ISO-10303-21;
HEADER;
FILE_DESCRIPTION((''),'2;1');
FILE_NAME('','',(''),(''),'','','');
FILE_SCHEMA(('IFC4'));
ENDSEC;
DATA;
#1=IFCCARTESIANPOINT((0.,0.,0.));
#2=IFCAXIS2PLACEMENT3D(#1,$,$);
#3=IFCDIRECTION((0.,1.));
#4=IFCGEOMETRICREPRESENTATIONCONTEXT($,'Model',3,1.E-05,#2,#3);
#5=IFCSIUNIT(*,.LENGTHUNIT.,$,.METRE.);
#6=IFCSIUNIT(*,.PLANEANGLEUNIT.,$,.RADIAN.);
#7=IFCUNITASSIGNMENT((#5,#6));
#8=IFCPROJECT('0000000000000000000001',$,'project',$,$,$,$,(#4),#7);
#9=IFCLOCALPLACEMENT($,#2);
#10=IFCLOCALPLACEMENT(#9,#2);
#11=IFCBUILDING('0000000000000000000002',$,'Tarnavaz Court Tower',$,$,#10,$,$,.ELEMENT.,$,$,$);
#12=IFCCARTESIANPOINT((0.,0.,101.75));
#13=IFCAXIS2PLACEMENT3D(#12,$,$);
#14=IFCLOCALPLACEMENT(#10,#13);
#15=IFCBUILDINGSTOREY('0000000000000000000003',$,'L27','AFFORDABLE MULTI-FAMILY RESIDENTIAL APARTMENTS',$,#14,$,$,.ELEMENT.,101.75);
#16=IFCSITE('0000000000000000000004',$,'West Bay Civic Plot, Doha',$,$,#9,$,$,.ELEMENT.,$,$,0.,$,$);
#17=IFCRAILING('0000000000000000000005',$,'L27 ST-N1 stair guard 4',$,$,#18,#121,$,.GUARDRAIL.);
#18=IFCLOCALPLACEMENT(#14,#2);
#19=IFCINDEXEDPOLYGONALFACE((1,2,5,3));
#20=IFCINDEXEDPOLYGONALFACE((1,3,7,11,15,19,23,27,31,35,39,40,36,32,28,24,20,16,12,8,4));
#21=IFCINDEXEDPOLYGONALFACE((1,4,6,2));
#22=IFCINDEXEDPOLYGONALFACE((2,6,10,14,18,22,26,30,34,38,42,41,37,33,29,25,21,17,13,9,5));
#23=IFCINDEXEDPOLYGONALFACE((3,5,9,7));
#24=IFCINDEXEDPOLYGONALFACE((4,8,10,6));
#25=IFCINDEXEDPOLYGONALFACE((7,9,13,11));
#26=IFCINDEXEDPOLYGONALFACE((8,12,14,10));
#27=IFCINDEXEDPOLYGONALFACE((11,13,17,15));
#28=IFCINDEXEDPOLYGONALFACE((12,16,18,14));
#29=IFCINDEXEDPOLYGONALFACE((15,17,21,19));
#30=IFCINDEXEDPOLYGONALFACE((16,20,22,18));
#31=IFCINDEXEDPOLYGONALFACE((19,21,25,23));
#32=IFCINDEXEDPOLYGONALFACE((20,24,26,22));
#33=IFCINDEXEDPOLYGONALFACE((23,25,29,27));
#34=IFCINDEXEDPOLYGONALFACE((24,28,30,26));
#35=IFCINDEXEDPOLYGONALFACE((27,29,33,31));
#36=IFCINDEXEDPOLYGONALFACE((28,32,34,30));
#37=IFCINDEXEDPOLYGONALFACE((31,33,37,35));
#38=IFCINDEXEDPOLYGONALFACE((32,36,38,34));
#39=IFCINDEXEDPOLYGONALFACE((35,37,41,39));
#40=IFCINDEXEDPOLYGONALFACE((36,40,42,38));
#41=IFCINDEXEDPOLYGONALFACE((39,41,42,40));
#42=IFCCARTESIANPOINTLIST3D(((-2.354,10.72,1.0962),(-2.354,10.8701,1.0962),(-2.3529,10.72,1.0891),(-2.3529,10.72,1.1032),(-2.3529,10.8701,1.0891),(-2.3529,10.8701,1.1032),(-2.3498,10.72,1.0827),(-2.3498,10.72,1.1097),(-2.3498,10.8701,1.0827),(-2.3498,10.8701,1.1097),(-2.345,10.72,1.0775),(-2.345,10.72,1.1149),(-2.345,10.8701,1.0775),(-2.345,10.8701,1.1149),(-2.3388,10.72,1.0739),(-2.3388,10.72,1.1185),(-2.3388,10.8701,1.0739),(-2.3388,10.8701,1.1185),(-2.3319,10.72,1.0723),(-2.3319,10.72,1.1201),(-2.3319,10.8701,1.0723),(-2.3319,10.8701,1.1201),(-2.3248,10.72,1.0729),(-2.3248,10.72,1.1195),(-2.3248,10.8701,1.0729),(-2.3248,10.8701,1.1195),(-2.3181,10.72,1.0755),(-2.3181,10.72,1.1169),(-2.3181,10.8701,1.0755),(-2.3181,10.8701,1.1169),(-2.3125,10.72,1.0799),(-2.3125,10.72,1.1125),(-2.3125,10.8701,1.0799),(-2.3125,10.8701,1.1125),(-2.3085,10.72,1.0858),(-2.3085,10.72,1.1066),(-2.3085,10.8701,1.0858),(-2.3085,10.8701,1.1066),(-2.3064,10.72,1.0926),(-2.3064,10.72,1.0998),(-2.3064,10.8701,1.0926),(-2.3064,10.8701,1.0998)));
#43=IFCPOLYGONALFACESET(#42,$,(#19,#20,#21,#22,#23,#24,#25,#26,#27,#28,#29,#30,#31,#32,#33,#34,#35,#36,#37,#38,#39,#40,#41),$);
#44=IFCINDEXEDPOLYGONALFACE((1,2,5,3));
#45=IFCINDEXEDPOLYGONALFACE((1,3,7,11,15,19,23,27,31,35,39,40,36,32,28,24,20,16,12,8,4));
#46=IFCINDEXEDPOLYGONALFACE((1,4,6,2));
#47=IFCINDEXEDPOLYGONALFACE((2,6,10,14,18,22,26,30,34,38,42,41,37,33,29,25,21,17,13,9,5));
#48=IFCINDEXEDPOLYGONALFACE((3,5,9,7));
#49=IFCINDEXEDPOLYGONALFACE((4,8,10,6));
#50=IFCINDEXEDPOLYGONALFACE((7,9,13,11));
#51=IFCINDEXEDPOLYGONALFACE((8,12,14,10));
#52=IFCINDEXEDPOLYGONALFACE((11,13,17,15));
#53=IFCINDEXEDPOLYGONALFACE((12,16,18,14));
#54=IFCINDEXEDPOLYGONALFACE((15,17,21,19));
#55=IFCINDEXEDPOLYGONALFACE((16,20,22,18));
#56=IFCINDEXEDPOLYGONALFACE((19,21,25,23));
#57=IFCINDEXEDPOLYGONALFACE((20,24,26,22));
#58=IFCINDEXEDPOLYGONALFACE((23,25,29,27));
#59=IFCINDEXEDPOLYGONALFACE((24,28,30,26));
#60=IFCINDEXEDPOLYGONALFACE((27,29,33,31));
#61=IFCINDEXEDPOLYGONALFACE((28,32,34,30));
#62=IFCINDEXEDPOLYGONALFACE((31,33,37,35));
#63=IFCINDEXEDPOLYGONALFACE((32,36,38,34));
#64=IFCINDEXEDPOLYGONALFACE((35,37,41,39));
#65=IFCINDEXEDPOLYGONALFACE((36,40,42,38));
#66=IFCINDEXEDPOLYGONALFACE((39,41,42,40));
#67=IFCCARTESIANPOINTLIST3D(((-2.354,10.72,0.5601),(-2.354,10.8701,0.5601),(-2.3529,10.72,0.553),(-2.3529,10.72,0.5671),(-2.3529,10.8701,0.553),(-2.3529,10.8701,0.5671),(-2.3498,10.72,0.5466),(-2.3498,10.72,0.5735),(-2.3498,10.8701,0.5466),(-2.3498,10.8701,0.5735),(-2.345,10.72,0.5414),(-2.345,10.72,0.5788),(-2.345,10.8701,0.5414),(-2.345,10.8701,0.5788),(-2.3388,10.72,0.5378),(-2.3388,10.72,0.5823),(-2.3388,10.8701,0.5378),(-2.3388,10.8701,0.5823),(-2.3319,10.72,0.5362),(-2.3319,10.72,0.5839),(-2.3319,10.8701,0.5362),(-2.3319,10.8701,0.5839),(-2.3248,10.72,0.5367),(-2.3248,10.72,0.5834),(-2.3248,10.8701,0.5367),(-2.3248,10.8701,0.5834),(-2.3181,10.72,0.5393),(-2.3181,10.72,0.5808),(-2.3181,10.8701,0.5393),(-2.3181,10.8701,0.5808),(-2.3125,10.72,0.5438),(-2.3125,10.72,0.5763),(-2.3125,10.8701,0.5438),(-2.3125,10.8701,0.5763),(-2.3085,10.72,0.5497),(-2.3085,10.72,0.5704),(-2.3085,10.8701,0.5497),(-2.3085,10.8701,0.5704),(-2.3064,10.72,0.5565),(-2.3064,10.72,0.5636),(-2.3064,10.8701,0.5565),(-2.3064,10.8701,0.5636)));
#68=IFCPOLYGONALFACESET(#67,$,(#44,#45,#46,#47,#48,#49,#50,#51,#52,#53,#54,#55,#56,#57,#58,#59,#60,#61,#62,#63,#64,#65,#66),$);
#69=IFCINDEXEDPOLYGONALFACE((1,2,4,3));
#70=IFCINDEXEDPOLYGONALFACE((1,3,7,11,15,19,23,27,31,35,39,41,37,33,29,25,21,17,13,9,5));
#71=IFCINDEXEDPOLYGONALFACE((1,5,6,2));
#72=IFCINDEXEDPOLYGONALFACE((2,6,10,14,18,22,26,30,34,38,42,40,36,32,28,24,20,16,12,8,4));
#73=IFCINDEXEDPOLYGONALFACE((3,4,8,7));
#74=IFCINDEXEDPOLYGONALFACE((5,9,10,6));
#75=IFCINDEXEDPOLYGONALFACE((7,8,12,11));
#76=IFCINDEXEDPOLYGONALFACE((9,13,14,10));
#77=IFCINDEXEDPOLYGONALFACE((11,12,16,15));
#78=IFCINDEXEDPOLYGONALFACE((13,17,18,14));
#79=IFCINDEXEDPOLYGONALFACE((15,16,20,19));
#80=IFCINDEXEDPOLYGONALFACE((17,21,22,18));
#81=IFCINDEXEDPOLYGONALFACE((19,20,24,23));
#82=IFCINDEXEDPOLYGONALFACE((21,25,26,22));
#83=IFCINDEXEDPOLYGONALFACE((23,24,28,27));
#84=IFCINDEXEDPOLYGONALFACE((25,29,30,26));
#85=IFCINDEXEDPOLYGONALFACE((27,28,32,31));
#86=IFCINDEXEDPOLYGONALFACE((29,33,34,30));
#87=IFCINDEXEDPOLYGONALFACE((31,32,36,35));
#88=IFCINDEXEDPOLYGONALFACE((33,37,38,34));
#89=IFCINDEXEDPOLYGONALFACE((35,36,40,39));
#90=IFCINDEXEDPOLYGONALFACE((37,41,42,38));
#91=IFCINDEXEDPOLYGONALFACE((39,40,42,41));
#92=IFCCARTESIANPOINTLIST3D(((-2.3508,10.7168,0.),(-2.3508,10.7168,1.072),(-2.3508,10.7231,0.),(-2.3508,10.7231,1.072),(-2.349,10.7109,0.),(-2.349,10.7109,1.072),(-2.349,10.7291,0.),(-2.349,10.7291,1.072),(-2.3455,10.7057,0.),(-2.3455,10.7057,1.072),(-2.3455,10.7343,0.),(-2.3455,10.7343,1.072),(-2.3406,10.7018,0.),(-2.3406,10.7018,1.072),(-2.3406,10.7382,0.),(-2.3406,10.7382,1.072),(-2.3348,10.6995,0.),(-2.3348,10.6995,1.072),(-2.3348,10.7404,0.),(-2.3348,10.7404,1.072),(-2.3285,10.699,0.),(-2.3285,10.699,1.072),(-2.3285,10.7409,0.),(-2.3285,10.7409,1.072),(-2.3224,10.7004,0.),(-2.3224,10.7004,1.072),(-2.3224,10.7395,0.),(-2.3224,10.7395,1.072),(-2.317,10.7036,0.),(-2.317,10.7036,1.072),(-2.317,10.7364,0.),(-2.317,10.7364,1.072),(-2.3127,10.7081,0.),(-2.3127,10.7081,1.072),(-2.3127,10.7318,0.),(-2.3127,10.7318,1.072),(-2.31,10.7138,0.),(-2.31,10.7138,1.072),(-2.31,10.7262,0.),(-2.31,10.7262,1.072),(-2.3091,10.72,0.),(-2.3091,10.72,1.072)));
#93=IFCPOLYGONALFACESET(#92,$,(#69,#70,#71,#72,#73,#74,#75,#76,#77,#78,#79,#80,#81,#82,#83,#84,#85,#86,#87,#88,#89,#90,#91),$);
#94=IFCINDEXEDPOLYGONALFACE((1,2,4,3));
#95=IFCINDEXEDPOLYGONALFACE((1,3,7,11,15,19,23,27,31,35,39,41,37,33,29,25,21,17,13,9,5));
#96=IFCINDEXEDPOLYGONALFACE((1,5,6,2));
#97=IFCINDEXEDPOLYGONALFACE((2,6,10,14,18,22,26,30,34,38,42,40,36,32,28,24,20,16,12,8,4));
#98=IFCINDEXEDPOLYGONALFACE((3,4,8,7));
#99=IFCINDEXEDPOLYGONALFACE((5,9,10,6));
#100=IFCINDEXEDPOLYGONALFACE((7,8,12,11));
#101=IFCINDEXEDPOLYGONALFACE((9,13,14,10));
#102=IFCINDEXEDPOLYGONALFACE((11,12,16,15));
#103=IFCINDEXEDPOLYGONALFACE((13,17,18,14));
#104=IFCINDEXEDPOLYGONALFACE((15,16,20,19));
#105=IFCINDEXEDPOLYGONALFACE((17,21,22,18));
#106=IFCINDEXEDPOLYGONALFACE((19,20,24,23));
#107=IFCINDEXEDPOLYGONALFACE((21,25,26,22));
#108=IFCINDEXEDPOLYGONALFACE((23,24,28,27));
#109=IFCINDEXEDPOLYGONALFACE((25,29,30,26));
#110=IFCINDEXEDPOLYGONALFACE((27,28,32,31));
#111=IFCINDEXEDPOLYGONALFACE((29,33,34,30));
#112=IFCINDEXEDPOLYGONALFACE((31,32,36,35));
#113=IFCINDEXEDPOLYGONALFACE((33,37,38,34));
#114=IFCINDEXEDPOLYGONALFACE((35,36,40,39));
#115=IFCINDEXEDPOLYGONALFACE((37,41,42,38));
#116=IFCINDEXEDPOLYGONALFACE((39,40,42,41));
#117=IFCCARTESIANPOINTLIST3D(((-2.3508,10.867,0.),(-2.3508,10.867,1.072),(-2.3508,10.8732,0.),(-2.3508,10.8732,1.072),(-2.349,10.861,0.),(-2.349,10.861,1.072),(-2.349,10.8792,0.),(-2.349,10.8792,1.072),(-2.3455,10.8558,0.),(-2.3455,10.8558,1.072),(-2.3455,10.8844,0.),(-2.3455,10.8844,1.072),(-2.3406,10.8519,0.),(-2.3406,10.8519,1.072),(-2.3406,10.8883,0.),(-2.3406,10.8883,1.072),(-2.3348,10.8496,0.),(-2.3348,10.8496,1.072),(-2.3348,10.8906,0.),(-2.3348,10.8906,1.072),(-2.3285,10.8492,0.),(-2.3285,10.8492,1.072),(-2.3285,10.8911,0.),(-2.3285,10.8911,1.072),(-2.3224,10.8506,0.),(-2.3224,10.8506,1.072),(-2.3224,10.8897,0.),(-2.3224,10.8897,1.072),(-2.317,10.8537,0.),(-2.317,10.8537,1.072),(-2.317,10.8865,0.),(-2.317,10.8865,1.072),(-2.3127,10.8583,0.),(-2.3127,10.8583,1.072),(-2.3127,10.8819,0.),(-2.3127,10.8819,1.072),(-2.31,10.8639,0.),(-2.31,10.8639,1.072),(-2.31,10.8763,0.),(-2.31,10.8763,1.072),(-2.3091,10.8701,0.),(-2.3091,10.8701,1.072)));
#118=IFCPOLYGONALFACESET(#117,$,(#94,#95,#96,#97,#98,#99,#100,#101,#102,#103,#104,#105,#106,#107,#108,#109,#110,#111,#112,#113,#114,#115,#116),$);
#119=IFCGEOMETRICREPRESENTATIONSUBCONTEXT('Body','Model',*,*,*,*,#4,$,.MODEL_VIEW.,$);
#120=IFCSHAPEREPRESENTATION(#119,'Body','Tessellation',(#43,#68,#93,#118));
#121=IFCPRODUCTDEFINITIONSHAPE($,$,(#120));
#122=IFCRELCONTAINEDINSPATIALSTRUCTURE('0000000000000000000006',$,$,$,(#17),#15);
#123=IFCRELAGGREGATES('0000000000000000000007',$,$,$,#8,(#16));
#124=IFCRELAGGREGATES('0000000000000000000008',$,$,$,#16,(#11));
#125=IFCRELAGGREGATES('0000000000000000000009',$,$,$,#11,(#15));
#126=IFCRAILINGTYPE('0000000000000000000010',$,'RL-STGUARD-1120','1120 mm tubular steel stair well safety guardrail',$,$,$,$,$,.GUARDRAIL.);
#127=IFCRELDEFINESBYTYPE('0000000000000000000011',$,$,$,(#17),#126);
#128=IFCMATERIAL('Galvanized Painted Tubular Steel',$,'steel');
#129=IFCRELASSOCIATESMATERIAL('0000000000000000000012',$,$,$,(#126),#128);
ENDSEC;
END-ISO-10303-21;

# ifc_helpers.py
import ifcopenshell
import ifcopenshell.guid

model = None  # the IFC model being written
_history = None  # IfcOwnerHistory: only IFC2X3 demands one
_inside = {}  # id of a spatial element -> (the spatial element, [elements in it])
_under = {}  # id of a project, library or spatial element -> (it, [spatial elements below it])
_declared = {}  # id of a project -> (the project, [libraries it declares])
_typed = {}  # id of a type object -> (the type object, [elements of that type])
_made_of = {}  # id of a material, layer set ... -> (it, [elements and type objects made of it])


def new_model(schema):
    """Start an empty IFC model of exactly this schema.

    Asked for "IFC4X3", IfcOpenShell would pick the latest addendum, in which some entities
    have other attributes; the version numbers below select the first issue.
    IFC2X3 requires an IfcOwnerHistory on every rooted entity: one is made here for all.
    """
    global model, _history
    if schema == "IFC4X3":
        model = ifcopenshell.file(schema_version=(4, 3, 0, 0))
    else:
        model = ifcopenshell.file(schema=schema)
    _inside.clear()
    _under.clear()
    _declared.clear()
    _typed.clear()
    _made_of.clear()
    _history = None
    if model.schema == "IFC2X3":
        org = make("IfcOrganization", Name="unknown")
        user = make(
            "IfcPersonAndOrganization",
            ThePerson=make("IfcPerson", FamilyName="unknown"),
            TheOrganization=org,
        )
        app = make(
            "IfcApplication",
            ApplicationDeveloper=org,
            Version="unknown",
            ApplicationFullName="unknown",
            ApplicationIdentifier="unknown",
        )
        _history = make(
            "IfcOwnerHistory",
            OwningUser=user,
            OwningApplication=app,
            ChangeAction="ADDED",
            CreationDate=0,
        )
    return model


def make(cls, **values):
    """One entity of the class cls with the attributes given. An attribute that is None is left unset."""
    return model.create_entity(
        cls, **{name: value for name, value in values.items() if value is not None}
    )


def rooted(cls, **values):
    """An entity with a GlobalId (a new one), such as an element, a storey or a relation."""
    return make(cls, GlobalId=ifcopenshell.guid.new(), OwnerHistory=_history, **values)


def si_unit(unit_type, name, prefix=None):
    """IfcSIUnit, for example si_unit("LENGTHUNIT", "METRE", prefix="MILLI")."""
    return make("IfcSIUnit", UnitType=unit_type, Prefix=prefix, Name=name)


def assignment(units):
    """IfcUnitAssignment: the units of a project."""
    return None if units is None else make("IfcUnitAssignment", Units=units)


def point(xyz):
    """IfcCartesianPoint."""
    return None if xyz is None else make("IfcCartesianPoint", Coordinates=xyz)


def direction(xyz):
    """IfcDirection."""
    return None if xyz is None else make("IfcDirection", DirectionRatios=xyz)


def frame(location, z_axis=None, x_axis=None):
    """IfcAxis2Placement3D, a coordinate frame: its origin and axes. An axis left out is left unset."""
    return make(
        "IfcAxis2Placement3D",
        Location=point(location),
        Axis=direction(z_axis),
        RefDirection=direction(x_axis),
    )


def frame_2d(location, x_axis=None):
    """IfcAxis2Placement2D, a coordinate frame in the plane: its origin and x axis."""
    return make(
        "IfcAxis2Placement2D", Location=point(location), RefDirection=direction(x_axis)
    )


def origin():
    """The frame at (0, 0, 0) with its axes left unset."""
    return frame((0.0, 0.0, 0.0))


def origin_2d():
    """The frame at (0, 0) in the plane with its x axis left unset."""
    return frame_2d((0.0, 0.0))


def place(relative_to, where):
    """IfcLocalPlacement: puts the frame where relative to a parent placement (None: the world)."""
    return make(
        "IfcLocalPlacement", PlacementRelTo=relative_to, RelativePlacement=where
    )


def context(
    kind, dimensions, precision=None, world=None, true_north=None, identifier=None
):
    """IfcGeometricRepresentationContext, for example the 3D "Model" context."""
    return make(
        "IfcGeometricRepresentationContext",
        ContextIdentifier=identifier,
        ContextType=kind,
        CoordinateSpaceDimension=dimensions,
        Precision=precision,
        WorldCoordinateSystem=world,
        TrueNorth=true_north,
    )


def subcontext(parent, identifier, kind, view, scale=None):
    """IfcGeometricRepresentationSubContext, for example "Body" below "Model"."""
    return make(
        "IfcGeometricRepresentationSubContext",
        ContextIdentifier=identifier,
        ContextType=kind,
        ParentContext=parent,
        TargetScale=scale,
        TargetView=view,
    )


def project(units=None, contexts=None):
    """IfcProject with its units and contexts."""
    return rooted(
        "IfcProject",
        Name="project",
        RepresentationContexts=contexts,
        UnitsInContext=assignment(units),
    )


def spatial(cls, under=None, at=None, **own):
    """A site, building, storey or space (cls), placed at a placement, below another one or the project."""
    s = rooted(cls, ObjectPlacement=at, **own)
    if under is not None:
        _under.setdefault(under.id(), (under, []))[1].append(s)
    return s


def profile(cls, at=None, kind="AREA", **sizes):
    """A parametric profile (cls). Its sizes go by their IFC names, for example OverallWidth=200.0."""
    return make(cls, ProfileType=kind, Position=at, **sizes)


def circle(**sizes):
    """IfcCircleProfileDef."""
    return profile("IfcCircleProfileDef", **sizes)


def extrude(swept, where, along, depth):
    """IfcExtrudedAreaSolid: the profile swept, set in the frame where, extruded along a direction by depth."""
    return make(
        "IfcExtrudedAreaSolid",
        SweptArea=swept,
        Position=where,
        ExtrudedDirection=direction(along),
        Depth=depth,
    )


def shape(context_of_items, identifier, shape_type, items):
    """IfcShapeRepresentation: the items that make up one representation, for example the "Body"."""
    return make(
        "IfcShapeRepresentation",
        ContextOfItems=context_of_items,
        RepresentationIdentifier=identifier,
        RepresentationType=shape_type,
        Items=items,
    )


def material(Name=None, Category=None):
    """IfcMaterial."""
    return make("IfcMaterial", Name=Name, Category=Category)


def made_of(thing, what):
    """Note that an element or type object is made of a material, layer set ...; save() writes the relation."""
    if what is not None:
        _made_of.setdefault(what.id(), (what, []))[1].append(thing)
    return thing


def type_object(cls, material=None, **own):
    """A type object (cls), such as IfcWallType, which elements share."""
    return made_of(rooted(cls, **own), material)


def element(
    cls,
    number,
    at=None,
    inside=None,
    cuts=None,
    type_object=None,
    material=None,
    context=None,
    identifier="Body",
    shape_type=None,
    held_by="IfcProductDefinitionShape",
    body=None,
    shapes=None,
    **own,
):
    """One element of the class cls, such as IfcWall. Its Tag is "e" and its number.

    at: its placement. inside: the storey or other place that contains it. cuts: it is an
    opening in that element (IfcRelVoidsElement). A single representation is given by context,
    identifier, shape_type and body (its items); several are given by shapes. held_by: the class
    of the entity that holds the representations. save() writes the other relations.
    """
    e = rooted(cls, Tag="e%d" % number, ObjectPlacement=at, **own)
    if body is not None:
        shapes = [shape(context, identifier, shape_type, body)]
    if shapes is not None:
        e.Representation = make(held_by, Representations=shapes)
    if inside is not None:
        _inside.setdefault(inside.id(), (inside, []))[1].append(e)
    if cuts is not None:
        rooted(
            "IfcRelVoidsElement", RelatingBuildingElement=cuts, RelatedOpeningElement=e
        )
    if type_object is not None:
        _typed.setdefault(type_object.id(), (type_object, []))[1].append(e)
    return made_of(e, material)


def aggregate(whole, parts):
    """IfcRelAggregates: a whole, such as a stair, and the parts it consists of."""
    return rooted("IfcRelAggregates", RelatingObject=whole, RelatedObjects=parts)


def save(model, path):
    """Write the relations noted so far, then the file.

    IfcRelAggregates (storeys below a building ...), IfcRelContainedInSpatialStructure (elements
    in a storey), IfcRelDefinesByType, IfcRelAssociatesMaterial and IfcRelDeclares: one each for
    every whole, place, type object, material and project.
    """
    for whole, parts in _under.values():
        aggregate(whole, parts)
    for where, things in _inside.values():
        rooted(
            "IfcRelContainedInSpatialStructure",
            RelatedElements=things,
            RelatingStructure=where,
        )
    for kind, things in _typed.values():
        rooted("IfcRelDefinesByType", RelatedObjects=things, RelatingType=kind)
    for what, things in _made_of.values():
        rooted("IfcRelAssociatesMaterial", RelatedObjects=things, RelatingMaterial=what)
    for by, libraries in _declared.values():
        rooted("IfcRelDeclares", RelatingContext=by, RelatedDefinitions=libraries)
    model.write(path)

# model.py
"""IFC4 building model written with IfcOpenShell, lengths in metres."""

from ifc_helpers import new_model, si_unit, direction, frame, origin, origin_2d, place, context, subcontext, project, spatial, circle, extrude, material, type_object, element, save


model = new_model("IFC4")

# Units and contexts
model_context = context("Model", 3, precision=1e-05, world=origin(), true_north=direction((0.0, 1.0)))
body_context = subcontext(model_context, "Body", "Model", "MODEL_VIEW")
ifc_project = project(units=[si_unit("LENGTHUNIT", "METRE"), si_unit("PLANEANGLEUNIT", "RADIAN")], contexts=[model_context])

# Site, building, storey
site_placement = place(None, origin())
site = spatial("IfcSite", under=ifc_project, at=site_placement, Name="West Bay Civic Plot, Doha", CompositionType="ELEMENT", RefElevation=0.0)
building_placement = place(site_placement, origin())
building = spatial("IfcBuilding", under=site, at=building_placement, Name="Tarnavaz Court Tower", CompositionType="ELEMENT")
storey_placement = place(building_placement, frame((0.0, 0.0, 101.75)))
storey = spatial("IfcBuildingStorey", under=building, at=storey_placement, Name="L27", Description="AFFORDABLE MULTI-FAMILY RESIDENTIAL APARTMENTS", CompositionType="ELEMENT", Elevation=101.75)

# Railing
ifc_material_1 = material(Name="Galvanized Painted Tubular Steel", Category="steel")
railing_type_1 = type_object("IfcRailingType", Name="RL-STGUARD-1120", Description="1120 mm tubular steel stair well safety guardrail", PredefinedType="GUARDRAIL", material=ifc_material_1)
railing_1_placement = place(storey_placement, frame((-2.3301, 10.72, 0.0)))
element("IfcRailing", 1, at=railing_1_placement, inside=storey, type_object=railing_type_1, Name="L27 ST-N1 stair guard 4", PredefinedType="GUARDRAIL", context=body_context, shape_type="SweptSolid", body=[
    extrude(circle(Radius=0.0239, at=origin_2d()), frame((0.0, 0.0, 1.0962), z_axis=(0.0, 1.0, 0.0), x_axis=(-1.0, 0.0, 0.0)), (0.0, 0.0, 1.0), 0.1501),
    extrude(circle(Radius=0.0239, at=origin_2d()), frame((0.0, 0.0, 0.5601), z_axis=(0.0, 1.0, 0.0), x_axis=(-1.0, 0.0, 0.0)), (0.0, 0.0, 1.0), 0.1501),
    extrude(circle(Radius=0.021, at=origin_2d()), origin(), (0.0, 0.0, 1.0), 1.072),
    extrude(circle(Radius=0.021, at=origin_2d()), frame((0.0, 0.1501, 0.0)), (0.0, 0.0, 1.0), 1.072),
])

save(model, "model.ifc")
